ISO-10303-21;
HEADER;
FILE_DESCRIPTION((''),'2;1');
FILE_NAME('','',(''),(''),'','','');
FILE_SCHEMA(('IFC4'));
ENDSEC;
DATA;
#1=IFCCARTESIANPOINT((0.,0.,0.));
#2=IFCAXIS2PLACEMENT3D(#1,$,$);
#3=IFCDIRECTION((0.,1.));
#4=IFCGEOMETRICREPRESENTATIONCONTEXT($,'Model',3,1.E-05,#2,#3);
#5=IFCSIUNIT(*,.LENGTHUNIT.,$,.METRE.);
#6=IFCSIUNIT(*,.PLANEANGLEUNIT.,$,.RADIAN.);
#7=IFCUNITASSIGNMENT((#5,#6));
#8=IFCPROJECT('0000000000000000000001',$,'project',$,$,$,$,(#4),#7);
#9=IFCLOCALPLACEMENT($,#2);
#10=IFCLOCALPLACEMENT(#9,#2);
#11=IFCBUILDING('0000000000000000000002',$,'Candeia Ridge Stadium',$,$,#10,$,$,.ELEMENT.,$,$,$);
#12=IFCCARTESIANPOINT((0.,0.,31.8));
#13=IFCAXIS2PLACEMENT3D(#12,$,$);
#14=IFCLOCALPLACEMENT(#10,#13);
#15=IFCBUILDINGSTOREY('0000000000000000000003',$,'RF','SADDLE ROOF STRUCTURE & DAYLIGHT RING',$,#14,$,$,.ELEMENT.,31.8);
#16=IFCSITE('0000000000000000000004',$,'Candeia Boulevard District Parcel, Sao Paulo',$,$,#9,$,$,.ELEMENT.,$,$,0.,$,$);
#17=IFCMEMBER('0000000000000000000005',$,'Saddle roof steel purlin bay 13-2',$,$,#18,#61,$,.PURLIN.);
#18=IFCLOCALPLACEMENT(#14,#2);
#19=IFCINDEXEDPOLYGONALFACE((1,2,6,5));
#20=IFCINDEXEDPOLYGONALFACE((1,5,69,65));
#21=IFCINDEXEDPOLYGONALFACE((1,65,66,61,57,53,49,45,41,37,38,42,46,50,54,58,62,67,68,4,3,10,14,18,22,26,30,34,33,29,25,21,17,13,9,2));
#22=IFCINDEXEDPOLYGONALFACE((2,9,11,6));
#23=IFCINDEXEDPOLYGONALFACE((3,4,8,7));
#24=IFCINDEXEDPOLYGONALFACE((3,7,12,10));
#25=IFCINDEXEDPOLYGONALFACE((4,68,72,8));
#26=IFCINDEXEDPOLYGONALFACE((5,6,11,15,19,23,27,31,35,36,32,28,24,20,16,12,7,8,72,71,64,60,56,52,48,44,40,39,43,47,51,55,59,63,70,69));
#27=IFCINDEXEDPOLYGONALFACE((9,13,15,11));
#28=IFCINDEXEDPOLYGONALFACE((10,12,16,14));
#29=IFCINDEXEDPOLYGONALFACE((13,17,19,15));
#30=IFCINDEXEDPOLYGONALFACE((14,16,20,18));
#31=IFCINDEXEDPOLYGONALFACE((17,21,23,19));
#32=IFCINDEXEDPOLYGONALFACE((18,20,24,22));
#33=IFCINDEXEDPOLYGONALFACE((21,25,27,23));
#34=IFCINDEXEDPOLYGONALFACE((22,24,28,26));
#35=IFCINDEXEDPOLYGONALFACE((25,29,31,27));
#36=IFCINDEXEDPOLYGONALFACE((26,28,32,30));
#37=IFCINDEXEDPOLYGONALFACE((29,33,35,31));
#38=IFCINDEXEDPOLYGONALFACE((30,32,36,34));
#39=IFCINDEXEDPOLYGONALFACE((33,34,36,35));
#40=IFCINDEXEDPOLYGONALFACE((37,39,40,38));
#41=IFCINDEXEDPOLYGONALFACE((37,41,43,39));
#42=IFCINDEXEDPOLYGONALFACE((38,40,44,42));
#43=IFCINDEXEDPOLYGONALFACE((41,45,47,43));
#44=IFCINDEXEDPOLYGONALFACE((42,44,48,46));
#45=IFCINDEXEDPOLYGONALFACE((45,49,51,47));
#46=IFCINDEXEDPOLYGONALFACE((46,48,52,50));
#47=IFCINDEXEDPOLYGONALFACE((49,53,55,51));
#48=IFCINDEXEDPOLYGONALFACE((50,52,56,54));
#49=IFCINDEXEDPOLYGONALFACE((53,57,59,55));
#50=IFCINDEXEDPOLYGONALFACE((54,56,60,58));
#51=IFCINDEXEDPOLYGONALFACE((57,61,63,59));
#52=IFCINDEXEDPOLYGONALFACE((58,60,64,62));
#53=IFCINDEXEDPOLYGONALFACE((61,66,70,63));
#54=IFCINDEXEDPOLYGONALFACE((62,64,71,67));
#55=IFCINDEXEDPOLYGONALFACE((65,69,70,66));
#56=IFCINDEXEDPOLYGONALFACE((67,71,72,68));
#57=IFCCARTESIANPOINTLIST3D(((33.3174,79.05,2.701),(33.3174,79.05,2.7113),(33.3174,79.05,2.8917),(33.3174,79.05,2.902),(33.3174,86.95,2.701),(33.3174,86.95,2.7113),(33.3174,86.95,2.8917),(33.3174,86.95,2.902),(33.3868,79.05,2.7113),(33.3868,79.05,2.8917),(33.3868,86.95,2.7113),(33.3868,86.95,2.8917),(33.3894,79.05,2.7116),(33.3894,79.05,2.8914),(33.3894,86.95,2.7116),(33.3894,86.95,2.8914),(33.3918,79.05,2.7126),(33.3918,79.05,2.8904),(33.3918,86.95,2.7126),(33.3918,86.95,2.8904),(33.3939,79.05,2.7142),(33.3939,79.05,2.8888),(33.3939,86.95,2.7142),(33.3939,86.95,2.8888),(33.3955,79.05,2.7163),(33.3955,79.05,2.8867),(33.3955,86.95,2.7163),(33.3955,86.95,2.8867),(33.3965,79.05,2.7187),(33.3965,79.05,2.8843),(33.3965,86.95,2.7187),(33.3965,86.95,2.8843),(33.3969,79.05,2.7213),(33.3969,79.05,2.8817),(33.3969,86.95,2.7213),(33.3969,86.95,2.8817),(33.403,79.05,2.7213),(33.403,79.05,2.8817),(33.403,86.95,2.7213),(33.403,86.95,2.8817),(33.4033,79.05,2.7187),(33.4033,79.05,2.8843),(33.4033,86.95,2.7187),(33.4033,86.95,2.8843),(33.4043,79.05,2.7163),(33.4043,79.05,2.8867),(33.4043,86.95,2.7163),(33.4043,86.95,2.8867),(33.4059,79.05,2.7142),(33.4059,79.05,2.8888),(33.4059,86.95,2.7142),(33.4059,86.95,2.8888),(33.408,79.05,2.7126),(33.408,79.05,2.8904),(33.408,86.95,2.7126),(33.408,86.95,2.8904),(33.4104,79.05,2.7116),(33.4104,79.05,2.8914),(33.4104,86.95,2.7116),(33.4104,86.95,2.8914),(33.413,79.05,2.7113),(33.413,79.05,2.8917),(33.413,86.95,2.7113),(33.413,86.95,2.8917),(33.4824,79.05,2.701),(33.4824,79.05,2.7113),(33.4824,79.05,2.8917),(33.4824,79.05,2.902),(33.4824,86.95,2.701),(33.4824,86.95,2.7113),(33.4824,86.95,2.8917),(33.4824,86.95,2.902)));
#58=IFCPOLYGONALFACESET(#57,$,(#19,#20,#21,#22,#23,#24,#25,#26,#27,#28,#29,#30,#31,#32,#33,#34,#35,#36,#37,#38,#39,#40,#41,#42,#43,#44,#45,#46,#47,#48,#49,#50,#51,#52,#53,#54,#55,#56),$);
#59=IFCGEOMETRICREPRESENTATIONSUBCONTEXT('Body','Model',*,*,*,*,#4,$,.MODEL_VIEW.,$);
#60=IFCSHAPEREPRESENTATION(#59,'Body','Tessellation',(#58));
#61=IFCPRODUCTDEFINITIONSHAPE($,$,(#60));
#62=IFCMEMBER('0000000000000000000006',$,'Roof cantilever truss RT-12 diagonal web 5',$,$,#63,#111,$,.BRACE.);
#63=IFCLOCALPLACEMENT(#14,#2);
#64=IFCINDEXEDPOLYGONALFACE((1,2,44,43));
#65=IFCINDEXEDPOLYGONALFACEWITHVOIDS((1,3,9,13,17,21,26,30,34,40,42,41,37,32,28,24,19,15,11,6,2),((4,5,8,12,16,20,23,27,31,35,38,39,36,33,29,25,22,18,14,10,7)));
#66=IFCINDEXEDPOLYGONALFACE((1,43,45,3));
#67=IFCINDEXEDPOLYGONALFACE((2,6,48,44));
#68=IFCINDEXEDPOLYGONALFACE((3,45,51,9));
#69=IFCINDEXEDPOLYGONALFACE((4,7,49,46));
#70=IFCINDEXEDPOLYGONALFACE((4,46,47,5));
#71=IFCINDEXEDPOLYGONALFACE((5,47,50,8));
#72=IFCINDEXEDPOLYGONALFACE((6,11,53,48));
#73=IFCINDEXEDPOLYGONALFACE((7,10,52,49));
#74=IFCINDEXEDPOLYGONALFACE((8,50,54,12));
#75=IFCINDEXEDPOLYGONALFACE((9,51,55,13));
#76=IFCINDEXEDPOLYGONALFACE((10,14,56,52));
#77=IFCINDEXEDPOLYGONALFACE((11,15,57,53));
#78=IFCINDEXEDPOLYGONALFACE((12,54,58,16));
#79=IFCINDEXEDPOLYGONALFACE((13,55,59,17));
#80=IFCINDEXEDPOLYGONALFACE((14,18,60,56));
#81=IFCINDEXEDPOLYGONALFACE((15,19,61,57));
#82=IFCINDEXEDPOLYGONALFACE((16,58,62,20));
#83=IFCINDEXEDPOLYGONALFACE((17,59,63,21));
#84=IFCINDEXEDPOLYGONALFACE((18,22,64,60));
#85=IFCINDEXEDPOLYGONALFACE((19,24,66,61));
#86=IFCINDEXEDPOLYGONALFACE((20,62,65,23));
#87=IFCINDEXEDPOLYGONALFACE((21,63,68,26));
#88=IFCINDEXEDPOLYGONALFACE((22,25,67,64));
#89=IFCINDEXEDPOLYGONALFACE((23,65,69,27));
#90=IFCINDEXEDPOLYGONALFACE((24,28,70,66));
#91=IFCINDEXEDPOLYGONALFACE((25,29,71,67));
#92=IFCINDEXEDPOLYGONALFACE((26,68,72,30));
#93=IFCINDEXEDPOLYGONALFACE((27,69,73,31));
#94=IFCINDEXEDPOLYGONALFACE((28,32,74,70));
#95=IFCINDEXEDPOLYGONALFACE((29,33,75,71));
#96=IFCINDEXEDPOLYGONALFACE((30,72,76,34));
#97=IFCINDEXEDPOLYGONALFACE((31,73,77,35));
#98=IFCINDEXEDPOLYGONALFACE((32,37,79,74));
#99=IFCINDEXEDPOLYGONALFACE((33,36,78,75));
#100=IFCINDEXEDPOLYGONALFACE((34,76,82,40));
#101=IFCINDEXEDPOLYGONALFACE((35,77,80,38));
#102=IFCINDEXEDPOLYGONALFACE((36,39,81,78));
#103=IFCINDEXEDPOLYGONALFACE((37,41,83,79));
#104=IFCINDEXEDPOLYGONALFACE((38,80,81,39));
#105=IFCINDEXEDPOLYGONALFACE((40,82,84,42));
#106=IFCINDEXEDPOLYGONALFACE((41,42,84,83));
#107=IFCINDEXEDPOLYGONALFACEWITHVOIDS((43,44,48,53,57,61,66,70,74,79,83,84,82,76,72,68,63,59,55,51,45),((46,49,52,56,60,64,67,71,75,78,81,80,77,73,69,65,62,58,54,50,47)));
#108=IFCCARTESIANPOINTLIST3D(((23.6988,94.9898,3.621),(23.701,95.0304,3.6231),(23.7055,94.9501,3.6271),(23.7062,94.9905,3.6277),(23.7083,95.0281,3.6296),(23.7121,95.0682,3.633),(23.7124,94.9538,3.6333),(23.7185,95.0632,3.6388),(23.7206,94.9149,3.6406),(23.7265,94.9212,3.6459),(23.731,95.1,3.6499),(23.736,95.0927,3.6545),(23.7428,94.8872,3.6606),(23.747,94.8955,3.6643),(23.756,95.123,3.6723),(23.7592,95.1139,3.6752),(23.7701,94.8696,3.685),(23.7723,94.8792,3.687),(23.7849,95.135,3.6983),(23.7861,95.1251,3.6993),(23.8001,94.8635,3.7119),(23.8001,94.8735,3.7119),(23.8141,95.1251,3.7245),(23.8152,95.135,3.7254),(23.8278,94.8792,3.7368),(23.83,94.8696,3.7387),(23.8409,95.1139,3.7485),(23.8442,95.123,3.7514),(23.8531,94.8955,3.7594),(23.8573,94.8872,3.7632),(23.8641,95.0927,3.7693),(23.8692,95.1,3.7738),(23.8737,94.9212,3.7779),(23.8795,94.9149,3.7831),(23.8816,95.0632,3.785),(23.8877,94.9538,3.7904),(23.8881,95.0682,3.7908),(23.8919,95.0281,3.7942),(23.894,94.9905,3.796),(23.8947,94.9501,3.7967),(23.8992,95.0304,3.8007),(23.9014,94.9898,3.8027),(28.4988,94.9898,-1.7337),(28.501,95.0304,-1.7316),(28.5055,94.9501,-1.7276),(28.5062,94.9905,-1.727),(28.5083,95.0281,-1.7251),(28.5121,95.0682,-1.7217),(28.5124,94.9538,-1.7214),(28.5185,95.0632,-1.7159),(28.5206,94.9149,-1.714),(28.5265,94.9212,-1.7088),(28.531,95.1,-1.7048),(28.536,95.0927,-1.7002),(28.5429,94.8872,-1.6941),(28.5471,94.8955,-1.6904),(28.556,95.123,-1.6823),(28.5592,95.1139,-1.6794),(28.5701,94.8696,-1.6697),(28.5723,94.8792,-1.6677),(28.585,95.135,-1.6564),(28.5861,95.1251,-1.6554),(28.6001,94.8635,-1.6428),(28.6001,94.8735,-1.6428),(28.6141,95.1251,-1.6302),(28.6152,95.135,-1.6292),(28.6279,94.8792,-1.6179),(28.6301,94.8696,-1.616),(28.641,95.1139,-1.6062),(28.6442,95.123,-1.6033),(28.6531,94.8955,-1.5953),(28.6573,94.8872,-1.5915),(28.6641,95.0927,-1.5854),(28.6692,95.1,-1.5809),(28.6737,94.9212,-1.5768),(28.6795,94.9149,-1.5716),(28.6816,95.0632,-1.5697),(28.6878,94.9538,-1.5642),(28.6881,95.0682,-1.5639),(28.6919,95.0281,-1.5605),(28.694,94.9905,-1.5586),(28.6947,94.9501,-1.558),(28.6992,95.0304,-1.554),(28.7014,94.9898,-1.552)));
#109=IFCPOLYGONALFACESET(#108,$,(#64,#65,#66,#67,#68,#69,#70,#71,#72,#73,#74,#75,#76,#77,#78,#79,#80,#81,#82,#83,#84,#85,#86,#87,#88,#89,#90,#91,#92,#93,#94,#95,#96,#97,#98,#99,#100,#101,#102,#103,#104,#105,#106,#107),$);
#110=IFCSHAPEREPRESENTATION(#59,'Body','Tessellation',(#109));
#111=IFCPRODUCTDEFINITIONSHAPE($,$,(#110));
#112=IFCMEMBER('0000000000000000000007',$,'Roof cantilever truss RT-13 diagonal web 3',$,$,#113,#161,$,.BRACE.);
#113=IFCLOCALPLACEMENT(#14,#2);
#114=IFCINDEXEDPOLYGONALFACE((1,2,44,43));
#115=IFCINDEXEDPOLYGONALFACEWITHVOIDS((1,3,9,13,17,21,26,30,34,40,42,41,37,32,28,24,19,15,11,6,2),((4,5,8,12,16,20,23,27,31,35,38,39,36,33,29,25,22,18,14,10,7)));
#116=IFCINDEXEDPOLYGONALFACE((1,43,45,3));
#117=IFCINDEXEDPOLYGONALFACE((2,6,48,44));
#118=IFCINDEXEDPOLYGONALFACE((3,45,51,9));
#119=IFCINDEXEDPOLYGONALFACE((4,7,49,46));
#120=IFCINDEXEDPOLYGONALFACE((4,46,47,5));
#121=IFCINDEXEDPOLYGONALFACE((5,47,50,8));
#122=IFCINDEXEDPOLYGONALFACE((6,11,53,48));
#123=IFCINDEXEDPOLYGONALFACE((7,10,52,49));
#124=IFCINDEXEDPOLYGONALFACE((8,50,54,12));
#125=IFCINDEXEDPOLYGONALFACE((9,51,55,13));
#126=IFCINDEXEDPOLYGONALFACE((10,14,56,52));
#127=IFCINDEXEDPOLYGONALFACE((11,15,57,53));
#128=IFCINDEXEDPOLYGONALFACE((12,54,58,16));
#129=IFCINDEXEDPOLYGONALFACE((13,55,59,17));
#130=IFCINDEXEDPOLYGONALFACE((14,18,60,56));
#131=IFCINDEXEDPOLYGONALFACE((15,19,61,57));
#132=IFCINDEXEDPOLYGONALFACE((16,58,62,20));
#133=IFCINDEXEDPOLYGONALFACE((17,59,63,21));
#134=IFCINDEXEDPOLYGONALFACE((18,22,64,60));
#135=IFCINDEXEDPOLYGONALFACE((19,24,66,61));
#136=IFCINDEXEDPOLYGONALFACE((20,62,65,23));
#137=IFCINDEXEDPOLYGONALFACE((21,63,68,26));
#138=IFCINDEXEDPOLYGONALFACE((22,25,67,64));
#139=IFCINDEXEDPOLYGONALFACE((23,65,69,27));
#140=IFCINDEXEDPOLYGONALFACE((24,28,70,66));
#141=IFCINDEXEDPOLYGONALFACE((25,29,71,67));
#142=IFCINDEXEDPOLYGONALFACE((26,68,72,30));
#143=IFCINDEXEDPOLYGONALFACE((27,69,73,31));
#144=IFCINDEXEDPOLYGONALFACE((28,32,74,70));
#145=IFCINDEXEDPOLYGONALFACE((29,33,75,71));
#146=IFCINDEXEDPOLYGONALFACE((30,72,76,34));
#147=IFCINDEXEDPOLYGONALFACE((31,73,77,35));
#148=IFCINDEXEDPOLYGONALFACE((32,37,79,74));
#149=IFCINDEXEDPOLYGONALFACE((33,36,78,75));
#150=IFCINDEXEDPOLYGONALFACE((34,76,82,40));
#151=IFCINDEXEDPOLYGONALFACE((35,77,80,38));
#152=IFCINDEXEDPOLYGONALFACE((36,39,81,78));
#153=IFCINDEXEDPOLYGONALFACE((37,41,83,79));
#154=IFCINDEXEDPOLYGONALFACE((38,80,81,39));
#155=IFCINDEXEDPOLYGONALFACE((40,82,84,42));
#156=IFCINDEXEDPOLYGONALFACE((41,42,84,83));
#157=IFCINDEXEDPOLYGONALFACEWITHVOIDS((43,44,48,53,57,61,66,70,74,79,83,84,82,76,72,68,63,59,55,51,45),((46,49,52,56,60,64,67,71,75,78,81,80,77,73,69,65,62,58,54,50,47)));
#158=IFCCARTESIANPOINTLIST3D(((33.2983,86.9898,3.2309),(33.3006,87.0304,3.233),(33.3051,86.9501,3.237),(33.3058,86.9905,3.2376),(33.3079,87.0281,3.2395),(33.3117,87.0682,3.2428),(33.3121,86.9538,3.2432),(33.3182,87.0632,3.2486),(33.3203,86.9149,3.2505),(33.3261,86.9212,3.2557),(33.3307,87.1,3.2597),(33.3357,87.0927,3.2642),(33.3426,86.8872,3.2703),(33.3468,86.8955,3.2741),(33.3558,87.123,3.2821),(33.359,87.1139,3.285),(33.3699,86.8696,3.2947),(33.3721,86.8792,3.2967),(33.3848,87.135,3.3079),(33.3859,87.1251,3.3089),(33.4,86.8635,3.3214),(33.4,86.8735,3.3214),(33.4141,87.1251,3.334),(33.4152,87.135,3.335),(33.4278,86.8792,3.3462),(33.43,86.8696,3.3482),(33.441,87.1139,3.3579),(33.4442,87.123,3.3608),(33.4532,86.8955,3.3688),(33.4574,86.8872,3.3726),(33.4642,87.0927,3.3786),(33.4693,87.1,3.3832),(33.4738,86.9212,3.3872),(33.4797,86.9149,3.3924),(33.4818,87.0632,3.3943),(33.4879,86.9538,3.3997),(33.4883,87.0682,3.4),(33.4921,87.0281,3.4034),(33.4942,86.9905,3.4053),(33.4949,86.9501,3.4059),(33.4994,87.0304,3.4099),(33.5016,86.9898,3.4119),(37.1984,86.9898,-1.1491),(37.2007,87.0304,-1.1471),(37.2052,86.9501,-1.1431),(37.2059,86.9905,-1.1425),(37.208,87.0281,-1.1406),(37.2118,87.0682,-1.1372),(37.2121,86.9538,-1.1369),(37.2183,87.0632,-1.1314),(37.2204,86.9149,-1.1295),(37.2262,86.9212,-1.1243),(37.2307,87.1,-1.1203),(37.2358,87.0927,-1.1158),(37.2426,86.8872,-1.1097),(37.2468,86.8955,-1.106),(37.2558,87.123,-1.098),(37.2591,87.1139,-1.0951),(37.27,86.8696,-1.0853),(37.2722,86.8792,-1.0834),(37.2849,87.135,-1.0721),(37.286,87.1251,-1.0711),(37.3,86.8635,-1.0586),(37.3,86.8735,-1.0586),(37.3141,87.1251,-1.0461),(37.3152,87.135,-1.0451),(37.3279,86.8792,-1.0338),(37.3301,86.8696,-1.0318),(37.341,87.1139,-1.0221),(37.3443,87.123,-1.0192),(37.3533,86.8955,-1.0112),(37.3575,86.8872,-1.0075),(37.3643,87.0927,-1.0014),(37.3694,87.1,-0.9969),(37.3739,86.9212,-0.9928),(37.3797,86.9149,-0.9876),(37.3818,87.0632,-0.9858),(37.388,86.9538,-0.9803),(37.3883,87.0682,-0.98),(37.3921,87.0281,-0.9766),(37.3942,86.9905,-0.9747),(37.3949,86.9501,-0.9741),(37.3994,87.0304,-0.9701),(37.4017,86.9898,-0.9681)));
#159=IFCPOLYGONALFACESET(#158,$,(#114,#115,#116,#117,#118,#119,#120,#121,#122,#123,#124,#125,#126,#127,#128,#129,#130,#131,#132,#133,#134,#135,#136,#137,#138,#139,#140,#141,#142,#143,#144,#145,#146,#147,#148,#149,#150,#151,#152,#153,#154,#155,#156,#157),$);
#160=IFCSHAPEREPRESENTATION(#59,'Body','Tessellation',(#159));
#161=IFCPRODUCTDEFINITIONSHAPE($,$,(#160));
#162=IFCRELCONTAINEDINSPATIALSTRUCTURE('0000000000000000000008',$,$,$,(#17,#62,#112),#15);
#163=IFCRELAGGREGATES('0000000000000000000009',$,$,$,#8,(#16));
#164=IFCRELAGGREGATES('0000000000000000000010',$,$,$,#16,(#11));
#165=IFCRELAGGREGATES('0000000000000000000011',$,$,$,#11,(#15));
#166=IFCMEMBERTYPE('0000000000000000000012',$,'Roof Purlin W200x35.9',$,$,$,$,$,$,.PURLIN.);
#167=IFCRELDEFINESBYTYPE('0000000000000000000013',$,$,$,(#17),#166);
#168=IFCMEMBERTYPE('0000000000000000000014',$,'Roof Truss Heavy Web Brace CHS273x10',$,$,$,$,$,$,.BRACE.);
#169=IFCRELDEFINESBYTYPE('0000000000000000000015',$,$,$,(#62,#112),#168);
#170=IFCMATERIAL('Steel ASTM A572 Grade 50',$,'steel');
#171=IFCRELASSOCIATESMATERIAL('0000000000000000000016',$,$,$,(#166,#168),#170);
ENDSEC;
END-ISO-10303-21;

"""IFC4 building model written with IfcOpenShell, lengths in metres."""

from ifc_helpers import new_model, si_unit, direction, frame, origin, origin_2d, place, context, subcontext, project, spatial, hollow_circle, i_section, extrude, material, material_profile, profile_set, type_object, element, save


model = new_model("IFC4")

# Units and contexts
model_context = context("Model", 3, precision=1e-05, world=origin(), true_north=direction((0.0, 1.0)))
body_context = subcontext(model_context, "Body", "Model", "MODEL_VIEW")
ifc_project = project(units=[si_unit("LENGTHUNIT", "METRE"), si_unit("PLANEANGLEUNIT", "RADIAN")], contexts=[model_context])

# Site, building, storey
site_placement = place(None, origin())
site = spatial("IfcSite", under=ifc_project, at=site_placement, Name="Candeia Boulevard District Parcel, Sao Paulo", CompositionType="ELEMENT", RefElevation=0.0)
building_placement = place(site_placement, origin())
building = spatial("IfcBuilding", under=site, at=building_placement, Name="Candeia Ridge Stadium", CompositionType="ELEMENT")
storey_placement = place(building_placement, frame((0.0, 0.0, 31.8)))
storey = spatial("IfcBuildingStorey", under=building, at=storey_placement, Name="RF", Description="SADDLE ROOF STRUCTURE & DAYLIGHT RING", CompositionType="ELEMENT", Elevation=31.8)

# Shared definitions
ifc_material_1 = material(Name="Steel ASTM A572 Grade 50", Category="steel")

# Members
ifc_material_profile_1 = material_profile(ifc_material_1, i_section(OverallWidth=0.165, OverallDepth=0.2009, WebThickness=0.0061, FlangeThickness=0.0103, FilletRadius=0.01, at=origin_2d()), Name="W200x35.9", Category="steel")
ifc_profile_set_1 = profile_set([ifc_material_profile_1], Name="Steel ASTM A572 Grade 50")
member_type_1 = type_object("IfcMemberType", Name="Roof Purlin W200x35.9", PredefinedType="PURLIN", material=ifc_profile_set_1)
for number, where, z_axis, x_axis, name in (
    (1, (33.3999, 86.95, 2.8015), (0.0, -1.0, 0.0), (1.0, 0.0, 0.0), "Saddle roof steel purlin bay 13-2"),
):
    element("IfcMember", number, at=place(storey_placement, frame(where, z_axis=z_axis, x_axis=x_axis)), inside=storey, type_object=member_type_1, Name=name, PredefinedType="PURLIN", context=body_context, shape_type="SweptSolid", body=[
        extrude(i_section(OverallWidth=0.165, OverallDepth=0.2009, WebThickness=0.0061, FlangeThickness=0.0103, FilletRadius=0.01, at=origin_2d()), origin(), (0.0, 0.0, 1.0), 7.8999),
    ])
ifc_material_profile_2 = material_profile(ifc_material_1, hollow_circle(Radius=0.1365, WallThickness=0.01, at=origin_2d()), Name="CHS273x10", Category="steel")
ifc_profile_set_2 = profile_set([ifc_material_profile_2], Name="Steel ASTM A572 Grade 50")
member_type_2 = type_object("IfcMemberType", Name="Roof Truss Heavy Web Brace CHS273x10", PredefinedType="BRACE", material=ifc_profile_set_2)
member_1_placement = place(storey_placement, frame((28.6001, 95.0, -1.6428), z_axis=(-0.667487, 0.0, 0.744621), x_axis=(0.0, -1.0, 0.0)))
element("IfcMember", 2, at=member_1_placement, inside=storey, type_object=member_type_2, Name="Roof cantilever truss RT-12 diagonal web 5", PredefinedType="BRACE", context=body_context, shape_type="SweptSolid", body=[
    extrude(hollow_circle(Radius=0.1365, WallThickness=0.01, at=origin_2d()), origin(), (0.0, 0.0, 1.0), 7.1912),
])
member_2_placement = place(storey_placement, frame((37.3, 87.0, -1.0586), z_axis=(-0.665002, 0.0, 0.746842), x_axis=(0.0, -1.0, 0.0)))
element("IfcMember", 3, at=member_2_placement, inside=storey, type_object=member_type_2, Name="Roof cantilever truss RT-13 diagonal web 3", PredefinedType="BRACE", context=body_context, shape_type="SweptSolid", body=[
    extrude(hollow_circle(Radius=0.1365, WallThickness=0.01, at=origin_2d()), origin(), (0.0, 0.0, 1.0), 5.8647),
])

save(model, "model.ifc")
